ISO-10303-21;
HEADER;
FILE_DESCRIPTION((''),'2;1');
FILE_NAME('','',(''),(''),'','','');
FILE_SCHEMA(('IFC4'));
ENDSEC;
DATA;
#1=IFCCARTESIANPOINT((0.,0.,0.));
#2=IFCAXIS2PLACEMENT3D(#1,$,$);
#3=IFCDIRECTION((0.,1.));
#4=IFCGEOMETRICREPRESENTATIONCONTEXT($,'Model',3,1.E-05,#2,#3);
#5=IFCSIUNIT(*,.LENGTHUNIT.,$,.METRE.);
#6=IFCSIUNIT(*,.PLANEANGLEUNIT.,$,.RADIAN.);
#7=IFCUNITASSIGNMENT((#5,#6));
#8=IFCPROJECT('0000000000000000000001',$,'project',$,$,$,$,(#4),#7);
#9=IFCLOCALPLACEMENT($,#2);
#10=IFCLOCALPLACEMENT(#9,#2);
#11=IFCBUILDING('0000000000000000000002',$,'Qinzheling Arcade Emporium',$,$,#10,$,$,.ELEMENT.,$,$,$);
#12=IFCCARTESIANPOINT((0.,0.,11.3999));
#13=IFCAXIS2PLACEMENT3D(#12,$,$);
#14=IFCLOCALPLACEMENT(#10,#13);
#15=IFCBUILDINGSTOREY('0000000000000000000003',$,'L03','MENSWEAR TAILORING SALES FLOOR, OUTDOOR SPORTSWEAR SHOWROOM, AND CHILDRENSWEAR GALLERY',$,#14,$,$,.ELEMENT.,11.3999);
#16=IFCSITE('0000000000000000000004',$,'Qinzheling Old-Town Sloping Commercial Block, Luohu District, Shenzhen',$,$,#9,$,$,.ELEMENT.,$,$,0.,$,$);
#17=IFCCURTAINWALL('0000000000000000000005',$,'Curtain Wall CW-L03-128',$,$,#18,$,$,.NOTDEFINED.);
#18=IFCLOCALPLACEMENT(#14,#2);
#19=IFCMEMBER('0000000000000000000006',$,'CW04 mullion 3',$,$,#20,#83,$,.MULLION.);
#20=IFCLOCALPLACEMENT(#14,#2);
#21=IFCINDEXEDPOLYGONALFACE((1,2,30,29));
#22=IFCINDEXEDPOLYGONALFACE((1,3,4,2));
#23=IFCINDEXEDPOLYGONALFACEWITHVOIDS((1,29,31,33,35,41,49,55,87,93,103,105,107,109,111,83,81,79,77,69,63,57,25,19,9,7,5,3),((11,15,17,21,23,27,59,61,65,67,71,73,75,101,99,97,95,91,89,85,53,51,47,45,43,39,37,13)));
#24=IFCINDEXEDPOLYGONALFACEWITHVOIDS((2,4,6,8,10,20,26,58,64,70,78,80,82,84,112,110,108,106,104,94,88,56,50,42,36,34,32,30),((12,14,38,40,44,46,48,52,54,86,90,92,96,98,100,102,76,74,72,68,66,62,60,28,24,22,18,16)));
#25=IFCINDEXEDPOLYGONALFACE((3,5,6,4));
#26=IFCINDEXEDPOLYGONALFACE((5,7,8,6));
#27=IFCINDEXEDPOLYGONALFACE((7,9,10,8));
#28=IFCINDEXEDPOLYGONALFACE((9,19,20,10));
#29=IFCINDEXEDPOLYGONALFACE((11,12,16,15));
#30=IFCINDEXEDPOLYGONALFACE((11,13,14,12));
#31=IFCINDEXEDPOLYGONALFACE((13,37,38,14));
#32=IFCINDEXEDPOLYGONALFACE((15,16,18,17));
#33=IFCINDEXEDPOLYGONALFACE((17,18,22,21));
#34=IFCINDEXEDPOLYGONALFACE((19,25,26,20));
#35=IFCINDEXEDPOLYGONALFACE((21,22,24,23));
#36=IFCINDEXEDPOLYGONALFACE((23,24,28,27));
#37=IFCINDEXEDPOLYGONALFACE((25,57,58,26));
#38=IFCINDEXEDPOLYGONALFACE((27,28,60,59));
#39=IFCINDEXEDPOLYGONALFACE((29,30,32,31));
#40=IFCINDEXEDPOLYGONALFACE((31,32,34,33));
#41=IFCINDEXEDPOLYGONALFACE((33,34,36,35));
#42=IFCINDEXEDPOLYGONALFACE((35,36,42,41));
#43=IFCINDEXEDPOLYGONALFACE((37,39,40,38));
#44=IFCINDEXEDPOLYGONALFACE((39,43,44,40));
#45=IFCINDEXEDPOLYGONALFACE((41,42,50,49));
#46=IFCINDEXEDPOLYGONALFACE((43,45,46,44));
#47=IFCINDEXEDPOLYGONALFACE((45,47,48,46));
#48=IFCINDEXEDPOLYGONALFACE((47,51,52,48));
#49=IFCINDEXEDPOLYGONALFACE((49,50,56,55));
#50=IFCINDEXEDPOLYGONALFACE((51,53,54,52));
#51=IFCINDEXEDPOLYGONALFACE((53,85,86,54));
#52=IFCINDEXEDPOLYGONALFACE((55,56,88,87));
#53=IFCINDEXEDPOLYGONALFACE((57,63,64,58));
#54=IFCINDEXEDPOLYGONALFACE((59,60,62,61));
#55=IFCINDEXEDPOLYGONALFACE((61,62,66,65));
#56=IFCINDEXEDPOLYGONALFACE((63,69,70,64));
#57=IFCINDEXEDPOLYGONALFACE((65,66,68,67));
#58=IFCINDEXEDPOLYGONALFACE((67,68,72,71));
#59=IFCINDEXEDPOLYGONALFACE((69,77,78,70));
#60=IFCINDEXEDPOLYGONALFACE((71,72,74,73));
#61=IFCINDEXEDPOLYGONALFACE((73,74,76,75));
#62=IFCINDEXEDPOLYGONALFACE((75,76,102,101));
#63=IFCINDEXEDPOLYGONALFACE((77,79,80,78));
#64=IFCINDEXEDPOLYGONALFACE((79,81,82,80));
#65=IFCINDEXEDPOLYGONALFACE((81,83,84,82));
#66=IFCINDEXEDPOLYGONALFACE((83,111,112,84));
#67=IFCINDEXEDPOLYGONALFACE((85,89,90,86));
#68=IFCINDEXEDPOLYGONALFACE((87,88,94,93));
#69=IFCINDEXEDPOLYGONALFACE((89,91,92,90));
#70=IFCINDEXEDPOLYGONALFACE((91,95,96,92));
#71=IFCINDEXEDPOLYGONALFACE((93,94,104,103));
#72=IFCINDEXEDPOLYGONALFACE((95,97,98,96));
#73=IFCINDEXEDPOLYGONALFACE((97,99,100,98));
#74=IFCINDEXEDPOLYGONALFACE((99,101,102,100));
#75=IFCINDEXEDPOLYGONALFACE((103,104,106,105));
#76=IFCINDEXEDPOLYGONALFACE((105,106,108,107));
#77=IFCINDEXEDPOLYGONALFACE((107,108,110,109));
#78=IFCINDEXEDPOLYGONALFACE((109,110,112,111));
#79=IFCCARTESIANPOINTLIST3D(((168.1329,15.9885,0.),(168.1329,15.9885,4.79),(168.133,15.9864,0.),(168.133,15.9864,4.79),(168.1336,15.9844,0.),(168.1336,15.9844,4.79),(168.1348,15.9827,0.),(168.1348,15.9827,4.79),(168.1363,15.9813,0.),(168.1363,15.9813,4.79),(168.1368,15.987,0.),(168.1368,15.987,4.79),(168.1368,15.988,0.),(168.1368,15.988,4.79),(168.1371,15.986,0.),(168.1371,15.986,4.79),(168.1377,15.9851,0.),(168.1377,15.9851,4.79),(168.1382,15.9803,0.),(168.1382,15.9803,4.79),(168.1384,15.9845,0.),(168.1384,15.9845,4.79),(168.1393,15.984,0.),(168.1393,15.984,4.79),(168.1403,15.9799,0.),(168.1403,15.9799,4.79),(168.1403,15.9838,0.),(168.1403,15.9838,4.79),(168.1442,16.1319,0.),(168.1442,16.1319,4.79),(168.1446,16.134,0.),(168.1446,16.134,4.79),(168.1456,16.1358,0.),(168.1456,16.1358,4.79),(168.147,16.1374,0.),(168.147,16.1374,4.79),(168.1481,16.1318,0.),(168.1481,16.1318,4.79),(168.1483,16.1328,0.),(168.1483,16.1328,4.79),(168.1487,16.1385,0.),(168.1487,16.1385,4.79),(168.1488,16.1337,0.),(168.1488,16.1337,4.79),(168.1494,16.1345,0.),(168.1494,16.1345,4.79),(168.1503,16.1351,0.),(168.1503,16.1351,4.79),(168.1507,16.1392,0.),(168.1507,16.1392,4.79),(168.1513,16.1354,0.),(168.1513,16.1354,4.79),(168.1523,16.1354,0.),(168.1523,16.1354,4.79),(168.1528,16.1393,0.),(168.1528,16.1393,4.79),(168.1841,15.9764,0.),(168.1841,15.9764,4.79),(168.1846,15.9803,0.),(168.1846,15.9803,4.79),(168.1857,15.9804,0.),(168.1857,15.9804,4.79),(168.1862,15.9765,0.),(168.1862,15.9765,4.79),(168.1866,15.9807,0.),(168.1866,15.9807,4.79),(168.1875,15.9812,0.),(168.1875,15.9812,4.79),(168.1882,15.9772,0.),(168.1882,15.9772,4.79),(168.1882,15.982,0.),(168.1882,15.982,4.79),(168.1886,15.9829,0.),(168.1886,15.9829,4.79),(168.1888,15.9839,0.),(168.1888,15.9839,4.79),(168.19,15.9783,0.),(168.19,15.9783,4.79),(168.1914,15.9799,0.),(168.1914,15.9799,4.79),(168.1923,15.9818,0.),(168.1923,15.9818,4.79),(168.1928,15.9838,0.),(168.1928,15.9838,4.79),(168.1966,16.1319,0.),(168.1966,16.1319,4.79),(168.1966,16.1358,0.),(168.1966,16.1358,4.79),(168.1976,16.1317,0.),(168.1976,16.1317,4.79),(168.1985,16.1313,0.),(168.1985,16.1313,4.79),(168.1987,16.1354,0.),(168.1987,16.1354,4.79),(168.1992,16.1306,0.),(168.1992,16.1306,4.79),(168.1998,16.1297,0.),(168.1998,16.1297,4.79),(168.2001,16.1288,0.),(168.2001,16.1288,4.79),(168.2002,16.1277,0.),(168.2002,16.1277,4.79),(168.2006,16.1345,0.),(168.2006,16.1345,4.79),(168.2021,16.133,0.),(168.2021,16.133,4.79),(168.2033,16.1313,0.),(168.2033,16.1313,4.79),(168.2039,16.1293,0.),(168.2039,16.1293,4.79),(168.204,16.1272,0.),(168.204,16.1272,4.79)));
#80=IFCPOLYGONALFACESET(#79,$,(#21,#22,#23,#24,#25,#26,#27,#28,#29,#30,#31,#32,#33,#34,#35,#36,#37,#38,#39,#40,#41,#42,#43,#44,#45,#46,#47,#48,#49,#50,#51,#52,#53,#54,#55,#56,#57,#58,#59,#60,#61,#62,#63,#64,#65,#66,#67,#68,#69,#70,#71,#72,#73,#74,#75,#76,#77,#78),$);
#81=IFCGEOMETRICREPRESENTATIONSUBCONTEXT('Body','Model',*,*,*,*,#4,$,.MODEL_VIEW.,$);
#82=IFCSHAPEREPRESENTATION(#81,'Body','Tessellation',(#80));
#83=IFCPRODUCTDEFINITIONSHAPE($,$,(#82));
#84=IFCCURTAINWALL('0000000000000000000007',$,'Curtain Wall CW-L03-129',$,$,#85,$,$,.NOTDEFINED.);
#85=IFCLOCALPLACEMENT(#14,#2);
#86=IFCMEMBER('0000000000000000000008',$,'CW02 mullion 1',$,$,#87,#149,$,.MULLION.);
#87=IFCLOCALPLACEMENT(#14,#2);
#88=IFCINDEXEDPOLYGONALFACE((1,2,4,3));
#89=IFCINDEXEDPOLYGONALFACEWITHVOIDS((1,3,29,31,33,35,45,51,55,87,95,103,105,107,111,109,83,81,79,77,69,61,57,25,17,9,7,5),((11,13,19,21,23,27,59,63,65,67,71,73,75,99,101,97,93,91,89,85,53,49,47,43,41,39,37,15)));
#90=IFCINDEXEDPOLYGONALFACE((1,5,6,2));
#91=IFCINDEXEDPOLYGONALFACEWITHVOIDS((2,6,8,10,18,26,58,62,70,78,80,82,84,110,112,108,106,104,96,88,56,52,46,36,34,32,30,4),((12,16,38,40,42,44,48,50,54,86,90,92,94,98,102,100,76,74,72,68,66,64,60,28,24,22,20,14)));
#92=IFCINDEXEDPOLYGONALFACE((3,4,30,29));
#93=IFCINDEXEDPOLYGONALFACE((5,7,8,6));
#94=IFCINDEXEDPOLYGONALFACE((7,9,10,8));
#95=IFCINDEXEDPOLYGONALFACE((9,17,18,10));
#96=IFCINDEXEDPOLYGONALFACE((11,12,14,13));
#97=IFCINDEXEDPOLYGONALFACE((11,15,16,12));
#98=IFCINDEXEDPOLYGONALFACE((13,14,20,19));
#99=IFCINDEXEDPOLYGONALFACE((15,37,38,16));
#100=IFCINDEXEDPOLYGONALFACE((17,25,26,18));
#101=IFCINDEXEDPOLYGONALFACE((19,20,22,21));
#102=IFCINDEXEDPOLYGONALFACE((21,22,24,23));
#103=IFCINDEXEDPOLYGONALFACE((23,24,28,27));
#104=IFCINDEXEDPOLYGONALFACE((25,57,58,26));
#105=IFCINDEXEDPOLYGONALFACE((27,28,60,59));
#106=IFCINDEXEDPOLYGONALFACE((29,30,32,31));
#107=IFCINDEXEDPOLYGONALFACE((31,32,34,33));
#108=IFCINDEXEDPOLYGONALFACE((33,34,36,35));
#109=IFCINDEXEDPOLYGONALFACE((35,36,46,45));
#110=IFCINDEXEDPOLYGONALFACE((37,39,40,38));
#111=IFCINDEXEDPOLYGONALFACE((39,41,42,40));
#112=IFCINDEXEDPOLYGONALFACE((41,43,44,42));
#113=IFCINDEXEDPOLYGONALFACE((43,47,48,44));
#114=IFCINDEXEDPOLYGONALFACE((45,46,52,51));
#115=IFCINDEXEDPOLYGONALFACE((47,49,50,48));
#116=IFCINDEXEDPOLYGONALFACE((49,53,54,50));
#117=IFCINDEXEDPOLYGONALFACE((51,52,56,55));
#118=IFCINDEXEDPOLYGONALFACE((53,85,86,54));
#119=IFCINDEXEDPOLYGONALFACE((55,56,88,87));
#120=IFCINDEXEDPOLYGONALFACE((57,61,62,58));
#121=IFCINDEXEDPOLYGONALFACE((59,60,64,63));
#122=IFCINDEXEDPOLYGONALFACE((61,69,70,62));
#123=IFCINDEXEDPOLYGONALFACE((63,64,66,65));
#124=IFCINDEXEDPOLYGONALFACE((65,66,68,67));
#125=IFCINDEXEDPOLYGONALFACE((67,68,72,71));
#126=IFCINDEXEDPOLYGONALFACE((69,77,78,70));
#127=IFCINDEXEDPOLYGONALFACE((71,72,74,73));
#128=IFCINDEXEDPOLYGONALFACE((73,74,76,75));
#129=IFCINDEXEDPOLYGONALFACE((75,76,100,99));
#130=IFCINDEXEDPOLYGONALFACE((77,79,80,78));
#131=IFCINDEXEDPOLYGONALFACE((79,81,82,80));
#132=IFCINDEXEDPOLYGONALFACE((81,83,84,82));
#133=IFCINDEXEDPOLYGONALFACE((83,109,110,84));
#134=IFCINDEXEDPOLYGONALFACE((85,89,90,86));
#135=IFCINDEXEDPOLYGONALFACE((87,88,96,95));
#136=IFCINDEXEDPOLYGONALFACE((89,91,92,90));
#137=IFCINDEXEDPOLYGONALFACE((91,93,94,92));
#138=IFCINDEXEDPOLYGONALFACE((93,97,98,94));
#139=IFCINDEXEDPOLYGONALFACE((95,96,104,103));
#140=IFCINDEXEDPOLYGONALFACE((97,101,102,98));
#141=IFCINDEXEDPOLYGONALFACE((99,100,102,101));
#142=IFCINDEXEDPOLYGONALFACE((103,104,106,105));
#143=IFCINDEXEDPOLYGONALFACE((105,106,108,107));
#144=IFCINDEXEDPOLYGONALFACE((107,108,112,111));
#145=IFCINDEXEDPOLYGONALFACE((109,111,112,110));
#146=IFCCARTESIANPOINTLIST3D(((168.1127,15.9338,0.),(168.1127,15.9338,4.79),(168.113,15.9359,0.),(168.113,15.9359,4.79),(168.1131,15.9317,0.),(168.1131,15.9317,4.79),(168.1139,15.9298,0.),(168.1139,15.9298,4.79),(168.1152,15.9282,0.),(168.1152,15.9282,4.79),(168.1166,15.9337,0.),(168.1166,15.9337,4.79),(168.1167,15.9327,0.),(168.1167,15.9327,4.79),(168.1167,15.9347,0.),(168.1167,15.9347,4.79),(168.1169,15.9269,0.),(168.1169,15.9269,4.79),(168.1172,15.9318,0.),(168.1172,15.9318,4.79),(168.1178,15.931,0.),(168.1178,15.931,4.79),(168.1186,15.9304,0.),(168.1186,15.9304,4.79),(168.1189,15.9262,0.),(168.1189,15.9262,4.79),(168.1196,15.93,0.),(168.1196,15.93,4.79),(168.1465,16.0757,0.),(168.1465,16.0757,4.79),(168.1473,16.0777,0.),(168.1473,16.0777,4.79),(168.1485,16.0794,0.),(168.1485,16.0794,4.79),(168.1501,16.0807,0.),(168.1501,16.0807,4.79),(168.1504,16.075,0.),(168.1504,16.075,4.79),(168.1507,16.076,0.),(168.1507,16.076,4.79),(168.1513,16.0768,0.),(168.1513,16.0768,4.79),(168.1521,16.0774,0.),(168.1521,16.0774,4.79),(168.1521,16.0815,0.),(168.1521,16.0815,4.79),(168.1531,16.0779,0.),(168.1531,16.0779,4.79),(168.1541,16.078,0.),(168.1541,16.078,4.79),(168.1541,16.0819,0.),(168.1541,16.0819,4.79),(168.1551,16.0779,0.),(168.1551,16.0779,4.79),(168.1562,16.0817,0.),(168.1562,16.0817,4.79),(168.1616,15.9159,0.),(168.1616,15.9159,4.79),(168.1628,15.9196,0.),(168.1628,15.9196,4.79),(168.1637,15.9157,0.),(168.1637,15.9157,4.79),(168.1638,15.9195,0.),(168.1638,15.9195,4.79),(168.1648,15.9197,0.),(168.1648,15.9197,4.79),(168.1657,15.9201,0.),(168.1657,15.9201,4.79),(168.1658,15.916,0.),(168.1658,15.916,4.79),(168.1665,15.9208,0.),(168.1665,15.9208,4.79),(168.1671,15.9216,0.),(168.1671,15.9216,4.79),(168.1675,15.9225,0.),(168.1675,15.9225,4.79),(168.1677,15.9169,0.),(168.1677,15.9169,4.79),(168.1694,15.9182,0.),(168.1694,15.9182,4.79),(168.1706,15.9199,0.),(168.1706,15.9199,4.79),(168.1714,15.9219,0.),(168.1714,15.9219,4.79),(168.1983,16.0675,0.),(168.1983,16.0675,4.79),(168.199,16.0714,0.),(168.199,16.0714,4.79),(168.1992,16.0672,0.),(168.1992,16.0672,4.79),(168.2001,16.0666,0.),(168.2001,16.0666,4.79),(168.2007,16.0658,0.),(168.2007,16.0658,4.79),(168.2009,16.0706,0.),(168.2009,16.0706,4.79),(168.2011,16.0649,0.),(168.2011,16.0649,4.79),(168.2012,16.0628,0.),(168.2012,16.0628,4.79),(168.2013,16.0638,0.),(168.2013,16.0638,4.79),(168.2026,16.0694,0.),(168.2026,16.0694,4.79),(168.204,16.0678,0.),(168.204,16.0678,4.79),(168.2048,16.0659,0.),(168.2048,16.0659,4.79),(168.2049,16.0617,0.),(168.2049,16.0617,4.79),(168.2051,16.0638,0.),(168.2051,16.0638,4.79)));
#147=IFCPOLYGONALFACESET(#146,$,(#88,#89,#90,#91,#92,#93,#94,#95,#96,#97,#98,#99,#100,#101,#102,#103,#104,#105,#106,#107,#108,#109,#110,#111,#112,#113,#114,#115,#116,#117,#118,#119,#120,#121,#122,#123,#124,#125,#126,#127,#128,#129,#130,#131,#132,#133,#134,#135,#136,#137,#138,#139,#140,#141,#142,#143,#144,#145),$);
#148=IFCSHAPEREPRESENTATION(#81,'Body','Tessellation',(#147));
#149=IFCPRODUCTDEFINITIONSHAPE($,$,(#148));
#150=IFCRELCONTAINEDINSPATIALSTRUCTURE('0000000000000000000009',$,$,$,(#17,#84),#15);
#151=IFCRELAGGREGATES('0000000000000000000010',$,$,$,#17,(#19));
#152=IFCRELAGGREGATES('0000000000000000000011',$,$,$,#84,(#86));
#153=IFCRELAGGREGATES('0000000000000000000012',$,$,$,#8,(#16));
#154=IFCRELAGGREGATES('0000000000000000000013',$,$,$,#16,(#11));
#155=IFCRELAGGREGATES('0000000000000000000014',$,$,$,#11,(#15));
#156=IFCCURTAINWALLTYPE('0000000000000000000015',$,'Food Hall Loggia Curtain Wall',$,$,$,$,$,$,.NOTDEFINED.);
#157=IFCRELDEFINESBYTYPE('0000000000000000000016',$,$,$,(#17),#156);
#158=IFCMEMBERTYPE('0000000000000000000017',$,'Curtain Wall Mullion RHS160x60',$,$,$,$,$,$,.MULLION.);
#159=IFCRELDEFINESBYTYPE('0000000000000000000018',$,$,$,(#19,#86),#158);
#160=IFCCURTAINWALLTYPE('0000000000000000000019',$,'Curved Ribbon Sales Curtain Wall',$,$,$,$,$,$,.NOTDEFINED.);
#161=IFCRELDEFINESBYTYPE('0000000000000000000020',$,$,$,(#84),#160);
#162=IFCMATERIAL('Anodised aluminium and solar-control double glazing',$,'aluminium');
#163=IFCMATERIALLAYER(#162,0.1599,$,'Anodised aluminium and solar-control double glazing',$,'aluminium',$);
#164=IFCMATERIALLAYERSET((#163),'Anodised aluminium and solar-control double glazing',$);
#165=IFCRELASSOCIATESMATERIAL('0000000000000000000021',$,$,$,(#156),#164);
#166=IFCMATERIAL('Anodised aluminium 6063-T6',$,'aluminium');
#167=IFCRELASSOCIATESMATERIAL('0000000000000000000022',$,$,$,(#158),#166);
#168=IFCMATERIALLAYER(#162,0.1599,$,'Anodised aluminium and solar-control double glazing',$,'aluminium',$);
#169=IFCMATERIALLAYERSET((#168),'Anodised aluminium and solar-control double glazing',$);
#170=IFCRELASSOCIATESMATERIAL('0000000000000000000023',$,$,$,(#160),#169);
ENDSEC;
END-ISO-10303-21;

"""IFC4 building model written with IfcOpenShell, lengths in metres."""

from ifc_helpers import new_model, si_unit, direction, frame, origin, origin_2d, place, context, subcontext, project, spatial, hollow_rectangle, extrude, material, layer, layer_set, material_profile, profile_set, type_object, element, aggregate, save


model = new_model("IFC4")

# Units and contexts
model_context = context("Model", 3, precision=1e-05, world=origin(), true_north=direction((0.0, 1.0)))
body_context = subcontext(model_context, "Body", "Model", "MODEL_VIEW")
ifc_project = project(units=[si_unit("LENGTHUNIT", "METRE"), si_unit("PLANEANGLEUNIT", "RADIAN")], contexts=[model_context])

# Site, building, storey
site_placement = place(None, origin())
site = spatial("IfcSite", under=ifc_project, at=site_placement, Name="Qinzheling Old-Town Sloping Commercial Block, Luohu District, Shenzhen", CompositionType="ELEMENT", RefElevation=0.0)
building_placement = place(site_placement, origin())
building = spatial("IfcBuilding", under=site, at=building_placement, Name="Qinzheling Arcade Emporium", CompositionType="ELEMENT")
storey_placement = place(building_placement, frame((0.0, 0.0, 11.3999)))
storey = spatial("IfcBuildingStorey", under=building, at=storey_placement, Name="L03", Description="MENSWEAR TAILORING SALES FLOOR, OUTDOOR SPORTSWEAR SHOWROOM, AND CHILDRENSWEAR GALLERY", CompositionType="ELEMENT", Elevation=11.3999)

# Curtain wall, member
ifc_material_1 = material(Name="Anodised aluminium and solar-control double glazing", Category="aluminium")
ifc_layer_1 = layer(ifc_material_1, 0.1599, Name="Anodised aluminium and solar-control double glazing", Category="aluminium")
ifc_layer_set_1 = layer_set([ifc_layer_1], Name="Anodised aluminium and solar-control double glazing")
curtain_wall_type_1 = type_object("IfcCurtainWallType", Name="Food Hall Loggia Curtain Wall", PredefinedType="NOTDEFINED", material=ifc_layer_set_1)
curtain_wall_1_placement = place(storey_placement, origin())
curtain_wall_1 = element("IfcCurtainWall", 1, at=curtain_wall_1_placement, inside=storey, type_object=curtain_wall_type_1, Name="Curtain Wall CW-L03-128", PredefinedType="NOTDEFINED")
ifc_material_2 = material(Name="Anodised aluminium 6063-T6", Category="aluminium")
ifc_material_profile_1 = material_profile(ifc_material_2, hollow_rectangle(XDim=0.0601, YDim=0.1599, WallThickness=0.0039, InnerFilletRadius=0.0039, OuterFilletRadius=0.0081, at=origin_2d()), Name="RHS 160x60x4", Category="aluminium")
ifc_profile_set_1 = profile_set([ifc_material_profile_1], Name="Anodised aluminium 6063-T6")
member_type_1 = type_object("IfcMemberType", Name="Curtain Wall Mullion RHS160x60", PredefinedType="MULLION", material=ifc_profile_set_1)
member_1_placement = place(storey_placement, frame((168.1685, 16.0579, 0.0), z_axis=(0.0, 0.0, 1.0), x_axis=(0.996915, -0.078492, 0.0)))
member_1 = element("IfcMember", 2, at=member_1_placement, type_object=member_type_1, Name="CW04 mullion 3", PredefinedType="MULLION", context=body_context, shape_type="SweptSolid", body=[
    extrude(hollow_rectangle(XDim=0.0601, YDim=0.1599, WallThickness=0.0039, InnerFilletRadius=0.0039, OuterFilletRadius=0.0081, at=origin_2d()), origin(), (0.0, 0.0, 1.0), 4.79),
])

# Curtain wall, member
ifc_layer_2 = layer(ifc_material_1, 0.1599, Name="Anodised aluminium and solar-control double glazing", Category="aluminium")
ifc_layer_set_2 = layer_set([ifc_layer_2], Name="Anodised aluminium and solar-control double glazing")
curtain_wall_type_2 = type_object("IfcCurtainWallType", Name="Curved Ribbon Sales Curtain Wall", PredefinedType="NOTDEFINED", material=ifc_layer_set_2)
curtain_wall_2_placement = place(storey_placement, origin())
curtain_wall_2 = element("IfcCurtainWall", 3, at=curtain_wall_2_placement, inside=storey, type_object=curtain_wall_type_2, Name="Curtain Wall CW-L03-129", PredefinedType="NOTDEFINED")
member_2_placement = place(storey_placement, frame((168.1589, 15.9988, 0.0), z_axis=(0.0, 0.0, 1.0), x_axis=(0.972369, -0.233449, 0.0)))
member_2 = element("IfcMember", 4, at=member_2_placement, type_object=member_type_1, Name="CW02 mullion 1", PredefinedType="MULLION", context=body_context, shape_type="SweptSolid", body=[
    extrude(hollow_rectangle(XDim=0.0601, YDim=0.1599, WallThickness=0.0039, InnerFilletRadius=0.0039, OuterFilletRadius=0.0081, at=origin_2d()), origin(), (0.0, 0.0, 1.0), 4.79),
])

aggregate(curtain_wall_1, [member_1])
aggregate(curtain_wall_2, [member_2])

save(model, "model.ifc")
